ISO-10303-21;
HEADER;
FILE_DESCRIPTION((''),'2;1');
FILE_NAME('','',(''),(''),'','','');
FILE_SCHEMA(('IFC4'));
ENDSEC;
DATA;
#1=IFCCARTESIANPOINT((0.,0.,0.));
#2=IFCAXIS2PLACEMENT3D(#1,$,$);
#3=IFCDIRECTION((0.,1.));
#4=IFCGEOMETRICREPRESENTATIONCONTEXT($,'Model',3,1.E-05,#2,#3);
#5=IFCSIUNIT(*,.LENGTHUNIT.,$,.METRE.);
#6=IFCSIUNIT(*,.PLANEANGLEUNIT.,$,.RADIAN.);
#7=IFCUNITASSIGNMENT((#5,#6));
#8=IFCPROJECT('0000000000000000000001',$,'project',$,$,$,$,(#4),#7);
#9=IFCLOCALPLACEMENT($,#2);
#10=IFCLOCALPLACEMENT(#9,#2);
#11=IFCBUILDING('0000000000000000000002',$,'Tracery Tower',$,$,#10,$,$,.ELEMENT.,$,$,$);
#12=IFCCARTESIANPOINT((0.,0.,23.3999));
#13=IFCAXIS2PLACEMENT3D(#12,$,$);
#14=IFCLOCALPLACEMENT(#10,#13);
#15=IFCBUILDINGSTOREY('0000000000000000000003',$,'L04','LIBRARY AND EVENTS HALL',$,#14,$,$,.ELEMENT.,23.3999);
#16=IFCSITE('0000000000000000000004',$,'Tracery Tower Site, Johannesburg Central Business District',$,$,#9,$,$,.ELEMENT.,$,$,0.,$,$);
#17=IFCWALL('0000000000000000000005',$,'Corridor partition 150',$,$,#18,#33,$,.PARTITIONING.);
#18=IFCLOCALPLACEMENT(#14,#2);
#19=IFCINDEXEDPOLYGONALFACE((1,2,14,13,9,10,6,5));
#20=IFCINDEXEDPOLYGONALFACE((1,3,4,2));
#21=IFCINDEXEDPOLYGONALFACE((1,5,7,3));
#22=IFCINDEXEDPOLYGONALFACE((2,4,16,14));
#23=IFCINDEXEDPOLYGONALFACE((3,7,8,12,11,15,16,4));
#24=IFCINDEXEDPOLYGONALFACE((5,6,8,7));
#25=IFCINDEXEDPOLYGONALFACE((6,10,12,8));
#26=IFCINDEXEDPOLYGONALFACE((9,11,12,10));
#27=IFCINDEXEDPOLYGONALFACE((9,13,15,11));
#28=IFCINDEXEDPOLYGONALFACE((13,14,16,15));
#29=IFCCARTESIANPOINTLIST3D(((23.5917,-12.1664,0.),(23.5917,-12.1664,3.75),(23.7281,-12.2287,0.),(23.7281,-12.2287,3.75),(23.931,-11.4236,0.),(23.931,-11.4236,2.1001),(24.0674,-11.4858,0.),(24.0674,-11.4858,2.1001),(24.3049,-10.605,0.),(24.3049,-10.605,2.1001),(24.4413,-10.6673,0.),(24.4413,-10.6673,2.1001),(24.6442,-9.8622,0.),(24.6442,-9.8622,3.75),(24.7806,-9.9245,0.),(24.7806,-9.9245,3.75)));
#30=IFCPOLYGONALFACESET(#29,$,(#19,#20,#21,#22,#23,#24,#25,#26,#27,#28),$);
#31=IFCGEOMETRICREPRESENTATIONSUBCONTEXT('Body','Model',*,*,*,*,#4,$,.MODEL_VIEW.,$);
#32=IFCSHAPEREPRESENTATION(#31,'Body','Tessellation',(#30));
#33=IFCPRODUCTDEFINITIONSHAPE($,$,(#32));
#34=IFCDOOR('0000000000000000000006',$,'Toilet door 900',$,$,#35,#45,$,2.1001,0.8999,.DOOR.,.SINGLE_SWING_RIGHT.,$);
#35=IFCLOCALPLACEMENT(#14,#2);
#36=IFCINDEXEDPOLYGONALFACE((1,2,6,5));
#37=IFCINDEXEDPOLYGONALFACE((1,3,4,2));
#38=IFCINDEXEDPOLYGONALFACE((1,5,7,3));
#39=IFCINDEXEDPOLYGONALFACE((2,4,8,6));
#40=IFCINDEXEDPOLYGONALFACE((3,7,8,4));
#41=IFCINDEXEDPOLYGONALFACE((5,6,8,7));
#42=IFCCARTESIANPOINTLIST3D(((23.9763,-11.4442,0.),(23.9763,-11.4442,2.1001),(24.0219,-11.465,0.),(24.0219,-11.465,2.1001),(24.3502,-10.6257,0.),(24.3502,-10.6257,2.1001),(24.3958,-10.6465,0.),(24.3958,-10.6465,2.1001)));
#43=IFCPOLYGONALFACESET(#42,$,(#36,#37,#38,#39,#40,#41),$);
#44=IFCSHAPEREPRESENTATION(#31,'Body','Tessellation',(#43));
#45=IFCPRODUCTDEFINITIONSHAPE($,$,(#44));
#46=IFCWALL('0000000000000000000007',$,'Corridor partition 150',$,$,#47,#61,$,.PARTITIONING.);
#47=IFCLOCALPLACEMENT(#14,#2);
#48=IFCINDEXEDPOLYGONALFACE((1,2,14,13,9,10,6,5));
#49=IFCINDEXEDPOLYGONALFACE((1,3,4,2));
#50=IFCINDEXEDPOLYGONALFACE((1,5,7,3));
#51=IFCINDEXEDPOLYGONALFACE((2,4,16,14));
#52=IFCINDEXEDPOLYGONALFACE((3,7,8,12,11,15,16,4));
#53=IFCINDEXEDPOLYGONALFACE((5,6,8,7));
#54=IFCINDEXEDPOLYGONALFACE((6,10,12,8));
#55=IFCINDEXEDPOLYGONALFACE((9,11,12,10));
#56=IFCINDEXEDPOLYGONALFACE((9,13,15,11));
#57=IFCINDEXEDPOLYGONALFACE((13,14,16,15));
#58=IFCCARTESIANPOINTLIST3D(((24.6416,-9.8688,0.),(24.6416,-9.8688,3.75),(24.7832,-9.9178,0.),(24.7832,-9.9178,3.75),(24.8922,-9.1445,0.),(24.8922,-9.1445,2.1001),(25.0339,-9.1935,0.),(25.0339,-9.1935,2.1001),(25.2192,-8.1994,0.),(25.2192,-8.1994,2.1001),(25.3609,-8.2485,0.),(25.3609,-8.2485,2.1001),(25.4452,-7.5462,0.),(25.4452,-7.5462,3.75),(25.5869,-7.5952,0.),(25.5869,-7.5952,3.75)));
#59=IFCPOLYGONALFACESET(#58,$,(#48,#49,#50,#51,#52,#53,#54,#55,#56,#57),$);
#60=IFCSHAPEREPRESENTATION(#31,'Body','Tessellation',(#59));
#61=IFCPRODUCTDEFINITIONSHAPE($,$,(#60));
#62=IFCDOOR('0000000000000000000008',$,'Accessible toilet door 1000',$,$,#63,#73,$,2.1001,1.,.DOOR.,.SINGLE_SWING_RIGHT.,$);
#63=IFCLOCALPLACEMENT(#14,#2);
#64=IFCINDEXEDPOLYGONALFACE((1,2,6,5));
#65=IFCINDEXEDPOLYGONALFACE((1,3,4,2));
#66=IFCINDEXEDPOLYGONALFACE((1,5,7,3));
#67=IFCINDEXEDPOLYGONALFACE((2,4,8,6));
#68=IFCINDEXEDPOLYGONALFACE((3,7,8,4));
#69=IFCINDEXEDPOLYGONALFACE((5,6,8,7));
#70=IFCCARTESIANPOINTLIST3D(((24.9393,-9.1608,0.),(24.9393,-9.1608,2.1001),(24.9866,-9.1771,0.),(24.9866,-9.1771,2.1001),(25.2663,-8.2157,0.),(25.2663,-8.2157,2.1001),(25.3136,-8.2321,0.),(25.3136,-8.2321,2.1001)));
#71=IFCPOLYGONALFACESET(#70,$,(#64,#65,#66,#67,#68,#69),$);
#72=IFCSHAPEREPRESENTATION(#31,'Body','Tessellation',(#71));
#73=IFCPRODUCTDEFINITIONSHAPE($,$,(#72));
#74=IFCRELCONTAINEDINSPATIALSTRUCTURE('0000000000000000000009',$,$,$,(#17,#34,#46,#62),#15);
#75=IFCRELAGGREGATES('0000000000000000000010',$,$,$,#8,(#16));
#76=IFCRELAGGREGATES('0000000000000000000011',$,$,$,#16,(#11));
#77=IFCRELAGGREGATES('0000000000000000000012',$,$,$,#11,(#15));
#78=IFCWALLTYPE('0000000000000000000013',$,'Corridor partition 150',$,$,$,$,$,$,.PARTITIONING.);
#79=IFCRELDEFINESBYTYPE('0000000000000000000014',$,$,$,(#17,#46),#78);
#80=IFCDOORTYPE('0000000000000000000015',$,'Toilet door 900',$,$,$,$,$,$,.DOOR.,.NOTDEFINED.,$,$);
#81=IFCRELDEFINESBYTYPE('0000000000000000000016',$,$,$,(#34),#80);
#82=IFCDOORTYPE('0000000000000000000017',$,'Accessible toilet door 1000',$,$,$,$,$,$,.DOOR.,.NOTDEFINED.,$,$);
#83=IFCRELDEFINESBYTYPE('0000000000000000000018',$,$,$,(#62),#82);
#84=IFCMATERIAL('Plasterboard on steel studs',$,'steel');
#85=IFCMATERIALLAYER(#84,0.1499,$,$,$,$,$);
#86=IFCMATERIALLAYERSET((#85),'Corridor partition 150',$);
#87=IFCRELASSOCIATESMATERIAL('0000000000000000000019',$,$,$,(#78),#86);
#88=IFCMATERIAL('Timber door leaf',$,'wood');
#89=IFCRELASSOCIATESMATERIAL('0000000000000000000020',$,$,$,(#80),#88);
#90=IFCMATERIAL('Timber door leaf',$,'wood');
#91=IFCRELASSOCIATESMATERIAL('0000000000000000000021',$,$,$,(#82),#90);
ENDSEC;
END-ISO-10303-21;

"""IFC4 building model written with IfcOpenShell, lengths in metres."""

from ifc_helpers import new_model, si_unit, direction, frame, frame_2d, origin, place, context, subcontext, project, spatial, rectangle, extrude, material, layer, layer_set, type_object, element, fill, save


model = new_model("IFC4")

# Units and contexts
model_context = context("Model", 3, precision=1e-05, world=origin(), true_north=direction((0.0, 1.0)))
body_context = subcontext(model_context, "Body", "Model", "MODEL_VIEW")
ifc_project = project(units=[si_unit("LENGTHUNIT", "METRE"), si_unit("PLANEANGLEUNIT", "RADIAN")], contexts=[model_context])

# Site, building, storey
site_placement = place(None, origin())
site = spatial("IfcSite", under=ifc_project, at=site_placement, Name="Tracery Tower Site, Johannesburg Central Business District", CompositionType="ELEMENT", RefElevation=0.0)
building_placement = place(site_placement, origin())
building = spatial("IfcBuilding", under=site, at=building_placement, Name="Tracery Tower", CompositionType="ELEMENT")
storey_placement = place(building_placement, frame((0.0, 0.0, 23.3999)))
storey = spatial("IfcBuildingStorey", under=building, at=storey_placement, Name="L04", Description="LIBRARY AND EVENTS HALL", CompositionType="ELEMENT", Elevation=23.3999)

# Shared definitions
ifc_material_1 = material(Name="Plasterboard on steel studs", Category="steel")
ifc_layer_1 = layer(ifc_material_1, 0.1499)
ifc_layer_set_1 = layer_set([ifc_layer_1], Name="Corridor partition 150")
wall_type_1 = type_object("IfcWallType", Name="Corridor partition 150", PredefinedType="PARTITIONING", material=ifc_layer_set_1)
ifc_material_2 = material(Name="Timber door leaf", Category="wood")
door_type_1 = type_object("IfcDoorType", Name="Toilet door 900", OperationType="NOTDEFINED", PredefinedType="DOOR", material=ifc_material_2)

# Walls, openings, doors
wall_1_placement = place(storey_placement, frame((24.7124, -9.8933, 0.0), z_axis=(0.0, 0.0, 1.0), x_axis=(-0.41548, -0.909603, 0.0)))
wall_1 = element("IfcWall", 1, at=wall_1_placement, inside=storey, type_object=wall_type_1, Name="Corridor partition 150", PredefinedType="PARTITIONING", context=body_context, shape_type="SweptSolid", body=[
    extrude(rectangle(XDim=2.5332, YDim=0.1499, at=frame_2d((1.2666, 0.0))), origin(), (0.0, 0.0, 1.0), 3.75),
])
opening_1_placement = place(wall_1_placement, frame((0.8167, 0.0, 0.0)))
opening_1 = element("IfcOpeningElement", 2, at=opening_1_placement, cuts=wall_1, PredefinedType="OPENING", context=body_context, shape_type="SweptSolid", body=[
    extrude(rectangle(XDim=0.8999, YDim=2.1001, at=frame_2d((0.45, 1.05))), frame((0.0, 0.075, 0.0), z_axis=(0.0, -1.0, 0.0), x_axis=(1.0, 0.0, 0.0)), (0.0, 0.0, 1.0), 0.1499),
])
door_1_placement = place(opening_1_placement, origin())
door_1 = element("IfcDoor", 3, at=door_1_placement, inside=storey, type_object=door_type_1, Name="Toilet door 900", OperationType="SINGLE_SWING_RIGHT", OverallHeight=2.1001, OverallWidth=0.8999, PredefinedType="DOOR", context=body_context, shape_type="SweptSolid", body=[
    extrude(rectangle(XDim=0.8999, YDim=2.1001, at=frame_2d((0.45, 1.05))), frame((0.0, 0.0249, 0.0), z_axis=(0.0, -1.0, 0.0), x_axis=(1.0, 0.0, 0.0)), (0.0, 0.0, 1.0), 0.05),
])
fill(opening_1, door_1)
wall_2_placement = place(storey_placement, frame((25.5161, -7.5706, 0.0), z_axis=(0.0, 0.0, 1.0), x_axis=(-0.326995, -0.945026, 0.0)))
wall_2 = element("IfcWall", 4, at=wall_2_placement, inside=storey, type_object=wall_type_1, Name="Corridor partition 150", PredefinedType="PARTITIONING", context=body_context, shape_type="SweptSolid", body=[
    extrude(rectangle(XDim=2.4578, YDim=0.1499, at=frame_2d((1.229, 0.0))), origin(), (0.0, 0.0, 1.0), 3.75),
])
opening_2_placement = place(wall_2_placement, frame((0.6914, 0.0, 0.0)))
opening_2 = element("IfcOpeningElement", 5, at=opening_2_placement, cuts=wall_2, PredefinedType="OPENING", context=body_context, shape_type="SweptSolid", body=[
    extrude(rectangle(XDim=1.0, YDim=2.1001, at=frame_2d((0.5, 1.05))), frame((0.0, 0.075, 0.0), z_axis=(0.0, -1.0, 0.0), x_axis=(1.0, 0.0, 0.0)), (0.0, 0.0, 1.0), 0.1499),
])
ifc_material_3 = material(Name="Timber door leaf", Category="wood")
door_type_2 = type_object("IfcDoorType", Name="Accessible toilet door 1000", OperationType="NOTDEFINED", PredefinedType="DOOR", material=ifc_material_3)
door_2_placement = place(opening_2_placement, origin())
door_2 = element("IfcDoor", 6, at=door_2_placement, inside=storey, type_object=door_type_2, Name="Accessible toilet door 1000", OperationType="SINGLE_SWING_RIGHT", OverallHeight=2.1001, OverallWidth=1.0, PredefinedType="DOOR", context=body_context, shape_type="SweptSolid", body=[
    extrude(rectangle(XDim=1.0, YDim=2.1001, at=frame_2d((0.5, 1.05))), frame((0.0, 0.0249, 0.0), z_axis=(0.0, -1.0, 0.0), x_axis=(1.0, 0.0, 0.0)), (0.0, 0.0, 1.0), 0.05),
])
fill(opening_2, door_2)

save(model, "model.ifc")
